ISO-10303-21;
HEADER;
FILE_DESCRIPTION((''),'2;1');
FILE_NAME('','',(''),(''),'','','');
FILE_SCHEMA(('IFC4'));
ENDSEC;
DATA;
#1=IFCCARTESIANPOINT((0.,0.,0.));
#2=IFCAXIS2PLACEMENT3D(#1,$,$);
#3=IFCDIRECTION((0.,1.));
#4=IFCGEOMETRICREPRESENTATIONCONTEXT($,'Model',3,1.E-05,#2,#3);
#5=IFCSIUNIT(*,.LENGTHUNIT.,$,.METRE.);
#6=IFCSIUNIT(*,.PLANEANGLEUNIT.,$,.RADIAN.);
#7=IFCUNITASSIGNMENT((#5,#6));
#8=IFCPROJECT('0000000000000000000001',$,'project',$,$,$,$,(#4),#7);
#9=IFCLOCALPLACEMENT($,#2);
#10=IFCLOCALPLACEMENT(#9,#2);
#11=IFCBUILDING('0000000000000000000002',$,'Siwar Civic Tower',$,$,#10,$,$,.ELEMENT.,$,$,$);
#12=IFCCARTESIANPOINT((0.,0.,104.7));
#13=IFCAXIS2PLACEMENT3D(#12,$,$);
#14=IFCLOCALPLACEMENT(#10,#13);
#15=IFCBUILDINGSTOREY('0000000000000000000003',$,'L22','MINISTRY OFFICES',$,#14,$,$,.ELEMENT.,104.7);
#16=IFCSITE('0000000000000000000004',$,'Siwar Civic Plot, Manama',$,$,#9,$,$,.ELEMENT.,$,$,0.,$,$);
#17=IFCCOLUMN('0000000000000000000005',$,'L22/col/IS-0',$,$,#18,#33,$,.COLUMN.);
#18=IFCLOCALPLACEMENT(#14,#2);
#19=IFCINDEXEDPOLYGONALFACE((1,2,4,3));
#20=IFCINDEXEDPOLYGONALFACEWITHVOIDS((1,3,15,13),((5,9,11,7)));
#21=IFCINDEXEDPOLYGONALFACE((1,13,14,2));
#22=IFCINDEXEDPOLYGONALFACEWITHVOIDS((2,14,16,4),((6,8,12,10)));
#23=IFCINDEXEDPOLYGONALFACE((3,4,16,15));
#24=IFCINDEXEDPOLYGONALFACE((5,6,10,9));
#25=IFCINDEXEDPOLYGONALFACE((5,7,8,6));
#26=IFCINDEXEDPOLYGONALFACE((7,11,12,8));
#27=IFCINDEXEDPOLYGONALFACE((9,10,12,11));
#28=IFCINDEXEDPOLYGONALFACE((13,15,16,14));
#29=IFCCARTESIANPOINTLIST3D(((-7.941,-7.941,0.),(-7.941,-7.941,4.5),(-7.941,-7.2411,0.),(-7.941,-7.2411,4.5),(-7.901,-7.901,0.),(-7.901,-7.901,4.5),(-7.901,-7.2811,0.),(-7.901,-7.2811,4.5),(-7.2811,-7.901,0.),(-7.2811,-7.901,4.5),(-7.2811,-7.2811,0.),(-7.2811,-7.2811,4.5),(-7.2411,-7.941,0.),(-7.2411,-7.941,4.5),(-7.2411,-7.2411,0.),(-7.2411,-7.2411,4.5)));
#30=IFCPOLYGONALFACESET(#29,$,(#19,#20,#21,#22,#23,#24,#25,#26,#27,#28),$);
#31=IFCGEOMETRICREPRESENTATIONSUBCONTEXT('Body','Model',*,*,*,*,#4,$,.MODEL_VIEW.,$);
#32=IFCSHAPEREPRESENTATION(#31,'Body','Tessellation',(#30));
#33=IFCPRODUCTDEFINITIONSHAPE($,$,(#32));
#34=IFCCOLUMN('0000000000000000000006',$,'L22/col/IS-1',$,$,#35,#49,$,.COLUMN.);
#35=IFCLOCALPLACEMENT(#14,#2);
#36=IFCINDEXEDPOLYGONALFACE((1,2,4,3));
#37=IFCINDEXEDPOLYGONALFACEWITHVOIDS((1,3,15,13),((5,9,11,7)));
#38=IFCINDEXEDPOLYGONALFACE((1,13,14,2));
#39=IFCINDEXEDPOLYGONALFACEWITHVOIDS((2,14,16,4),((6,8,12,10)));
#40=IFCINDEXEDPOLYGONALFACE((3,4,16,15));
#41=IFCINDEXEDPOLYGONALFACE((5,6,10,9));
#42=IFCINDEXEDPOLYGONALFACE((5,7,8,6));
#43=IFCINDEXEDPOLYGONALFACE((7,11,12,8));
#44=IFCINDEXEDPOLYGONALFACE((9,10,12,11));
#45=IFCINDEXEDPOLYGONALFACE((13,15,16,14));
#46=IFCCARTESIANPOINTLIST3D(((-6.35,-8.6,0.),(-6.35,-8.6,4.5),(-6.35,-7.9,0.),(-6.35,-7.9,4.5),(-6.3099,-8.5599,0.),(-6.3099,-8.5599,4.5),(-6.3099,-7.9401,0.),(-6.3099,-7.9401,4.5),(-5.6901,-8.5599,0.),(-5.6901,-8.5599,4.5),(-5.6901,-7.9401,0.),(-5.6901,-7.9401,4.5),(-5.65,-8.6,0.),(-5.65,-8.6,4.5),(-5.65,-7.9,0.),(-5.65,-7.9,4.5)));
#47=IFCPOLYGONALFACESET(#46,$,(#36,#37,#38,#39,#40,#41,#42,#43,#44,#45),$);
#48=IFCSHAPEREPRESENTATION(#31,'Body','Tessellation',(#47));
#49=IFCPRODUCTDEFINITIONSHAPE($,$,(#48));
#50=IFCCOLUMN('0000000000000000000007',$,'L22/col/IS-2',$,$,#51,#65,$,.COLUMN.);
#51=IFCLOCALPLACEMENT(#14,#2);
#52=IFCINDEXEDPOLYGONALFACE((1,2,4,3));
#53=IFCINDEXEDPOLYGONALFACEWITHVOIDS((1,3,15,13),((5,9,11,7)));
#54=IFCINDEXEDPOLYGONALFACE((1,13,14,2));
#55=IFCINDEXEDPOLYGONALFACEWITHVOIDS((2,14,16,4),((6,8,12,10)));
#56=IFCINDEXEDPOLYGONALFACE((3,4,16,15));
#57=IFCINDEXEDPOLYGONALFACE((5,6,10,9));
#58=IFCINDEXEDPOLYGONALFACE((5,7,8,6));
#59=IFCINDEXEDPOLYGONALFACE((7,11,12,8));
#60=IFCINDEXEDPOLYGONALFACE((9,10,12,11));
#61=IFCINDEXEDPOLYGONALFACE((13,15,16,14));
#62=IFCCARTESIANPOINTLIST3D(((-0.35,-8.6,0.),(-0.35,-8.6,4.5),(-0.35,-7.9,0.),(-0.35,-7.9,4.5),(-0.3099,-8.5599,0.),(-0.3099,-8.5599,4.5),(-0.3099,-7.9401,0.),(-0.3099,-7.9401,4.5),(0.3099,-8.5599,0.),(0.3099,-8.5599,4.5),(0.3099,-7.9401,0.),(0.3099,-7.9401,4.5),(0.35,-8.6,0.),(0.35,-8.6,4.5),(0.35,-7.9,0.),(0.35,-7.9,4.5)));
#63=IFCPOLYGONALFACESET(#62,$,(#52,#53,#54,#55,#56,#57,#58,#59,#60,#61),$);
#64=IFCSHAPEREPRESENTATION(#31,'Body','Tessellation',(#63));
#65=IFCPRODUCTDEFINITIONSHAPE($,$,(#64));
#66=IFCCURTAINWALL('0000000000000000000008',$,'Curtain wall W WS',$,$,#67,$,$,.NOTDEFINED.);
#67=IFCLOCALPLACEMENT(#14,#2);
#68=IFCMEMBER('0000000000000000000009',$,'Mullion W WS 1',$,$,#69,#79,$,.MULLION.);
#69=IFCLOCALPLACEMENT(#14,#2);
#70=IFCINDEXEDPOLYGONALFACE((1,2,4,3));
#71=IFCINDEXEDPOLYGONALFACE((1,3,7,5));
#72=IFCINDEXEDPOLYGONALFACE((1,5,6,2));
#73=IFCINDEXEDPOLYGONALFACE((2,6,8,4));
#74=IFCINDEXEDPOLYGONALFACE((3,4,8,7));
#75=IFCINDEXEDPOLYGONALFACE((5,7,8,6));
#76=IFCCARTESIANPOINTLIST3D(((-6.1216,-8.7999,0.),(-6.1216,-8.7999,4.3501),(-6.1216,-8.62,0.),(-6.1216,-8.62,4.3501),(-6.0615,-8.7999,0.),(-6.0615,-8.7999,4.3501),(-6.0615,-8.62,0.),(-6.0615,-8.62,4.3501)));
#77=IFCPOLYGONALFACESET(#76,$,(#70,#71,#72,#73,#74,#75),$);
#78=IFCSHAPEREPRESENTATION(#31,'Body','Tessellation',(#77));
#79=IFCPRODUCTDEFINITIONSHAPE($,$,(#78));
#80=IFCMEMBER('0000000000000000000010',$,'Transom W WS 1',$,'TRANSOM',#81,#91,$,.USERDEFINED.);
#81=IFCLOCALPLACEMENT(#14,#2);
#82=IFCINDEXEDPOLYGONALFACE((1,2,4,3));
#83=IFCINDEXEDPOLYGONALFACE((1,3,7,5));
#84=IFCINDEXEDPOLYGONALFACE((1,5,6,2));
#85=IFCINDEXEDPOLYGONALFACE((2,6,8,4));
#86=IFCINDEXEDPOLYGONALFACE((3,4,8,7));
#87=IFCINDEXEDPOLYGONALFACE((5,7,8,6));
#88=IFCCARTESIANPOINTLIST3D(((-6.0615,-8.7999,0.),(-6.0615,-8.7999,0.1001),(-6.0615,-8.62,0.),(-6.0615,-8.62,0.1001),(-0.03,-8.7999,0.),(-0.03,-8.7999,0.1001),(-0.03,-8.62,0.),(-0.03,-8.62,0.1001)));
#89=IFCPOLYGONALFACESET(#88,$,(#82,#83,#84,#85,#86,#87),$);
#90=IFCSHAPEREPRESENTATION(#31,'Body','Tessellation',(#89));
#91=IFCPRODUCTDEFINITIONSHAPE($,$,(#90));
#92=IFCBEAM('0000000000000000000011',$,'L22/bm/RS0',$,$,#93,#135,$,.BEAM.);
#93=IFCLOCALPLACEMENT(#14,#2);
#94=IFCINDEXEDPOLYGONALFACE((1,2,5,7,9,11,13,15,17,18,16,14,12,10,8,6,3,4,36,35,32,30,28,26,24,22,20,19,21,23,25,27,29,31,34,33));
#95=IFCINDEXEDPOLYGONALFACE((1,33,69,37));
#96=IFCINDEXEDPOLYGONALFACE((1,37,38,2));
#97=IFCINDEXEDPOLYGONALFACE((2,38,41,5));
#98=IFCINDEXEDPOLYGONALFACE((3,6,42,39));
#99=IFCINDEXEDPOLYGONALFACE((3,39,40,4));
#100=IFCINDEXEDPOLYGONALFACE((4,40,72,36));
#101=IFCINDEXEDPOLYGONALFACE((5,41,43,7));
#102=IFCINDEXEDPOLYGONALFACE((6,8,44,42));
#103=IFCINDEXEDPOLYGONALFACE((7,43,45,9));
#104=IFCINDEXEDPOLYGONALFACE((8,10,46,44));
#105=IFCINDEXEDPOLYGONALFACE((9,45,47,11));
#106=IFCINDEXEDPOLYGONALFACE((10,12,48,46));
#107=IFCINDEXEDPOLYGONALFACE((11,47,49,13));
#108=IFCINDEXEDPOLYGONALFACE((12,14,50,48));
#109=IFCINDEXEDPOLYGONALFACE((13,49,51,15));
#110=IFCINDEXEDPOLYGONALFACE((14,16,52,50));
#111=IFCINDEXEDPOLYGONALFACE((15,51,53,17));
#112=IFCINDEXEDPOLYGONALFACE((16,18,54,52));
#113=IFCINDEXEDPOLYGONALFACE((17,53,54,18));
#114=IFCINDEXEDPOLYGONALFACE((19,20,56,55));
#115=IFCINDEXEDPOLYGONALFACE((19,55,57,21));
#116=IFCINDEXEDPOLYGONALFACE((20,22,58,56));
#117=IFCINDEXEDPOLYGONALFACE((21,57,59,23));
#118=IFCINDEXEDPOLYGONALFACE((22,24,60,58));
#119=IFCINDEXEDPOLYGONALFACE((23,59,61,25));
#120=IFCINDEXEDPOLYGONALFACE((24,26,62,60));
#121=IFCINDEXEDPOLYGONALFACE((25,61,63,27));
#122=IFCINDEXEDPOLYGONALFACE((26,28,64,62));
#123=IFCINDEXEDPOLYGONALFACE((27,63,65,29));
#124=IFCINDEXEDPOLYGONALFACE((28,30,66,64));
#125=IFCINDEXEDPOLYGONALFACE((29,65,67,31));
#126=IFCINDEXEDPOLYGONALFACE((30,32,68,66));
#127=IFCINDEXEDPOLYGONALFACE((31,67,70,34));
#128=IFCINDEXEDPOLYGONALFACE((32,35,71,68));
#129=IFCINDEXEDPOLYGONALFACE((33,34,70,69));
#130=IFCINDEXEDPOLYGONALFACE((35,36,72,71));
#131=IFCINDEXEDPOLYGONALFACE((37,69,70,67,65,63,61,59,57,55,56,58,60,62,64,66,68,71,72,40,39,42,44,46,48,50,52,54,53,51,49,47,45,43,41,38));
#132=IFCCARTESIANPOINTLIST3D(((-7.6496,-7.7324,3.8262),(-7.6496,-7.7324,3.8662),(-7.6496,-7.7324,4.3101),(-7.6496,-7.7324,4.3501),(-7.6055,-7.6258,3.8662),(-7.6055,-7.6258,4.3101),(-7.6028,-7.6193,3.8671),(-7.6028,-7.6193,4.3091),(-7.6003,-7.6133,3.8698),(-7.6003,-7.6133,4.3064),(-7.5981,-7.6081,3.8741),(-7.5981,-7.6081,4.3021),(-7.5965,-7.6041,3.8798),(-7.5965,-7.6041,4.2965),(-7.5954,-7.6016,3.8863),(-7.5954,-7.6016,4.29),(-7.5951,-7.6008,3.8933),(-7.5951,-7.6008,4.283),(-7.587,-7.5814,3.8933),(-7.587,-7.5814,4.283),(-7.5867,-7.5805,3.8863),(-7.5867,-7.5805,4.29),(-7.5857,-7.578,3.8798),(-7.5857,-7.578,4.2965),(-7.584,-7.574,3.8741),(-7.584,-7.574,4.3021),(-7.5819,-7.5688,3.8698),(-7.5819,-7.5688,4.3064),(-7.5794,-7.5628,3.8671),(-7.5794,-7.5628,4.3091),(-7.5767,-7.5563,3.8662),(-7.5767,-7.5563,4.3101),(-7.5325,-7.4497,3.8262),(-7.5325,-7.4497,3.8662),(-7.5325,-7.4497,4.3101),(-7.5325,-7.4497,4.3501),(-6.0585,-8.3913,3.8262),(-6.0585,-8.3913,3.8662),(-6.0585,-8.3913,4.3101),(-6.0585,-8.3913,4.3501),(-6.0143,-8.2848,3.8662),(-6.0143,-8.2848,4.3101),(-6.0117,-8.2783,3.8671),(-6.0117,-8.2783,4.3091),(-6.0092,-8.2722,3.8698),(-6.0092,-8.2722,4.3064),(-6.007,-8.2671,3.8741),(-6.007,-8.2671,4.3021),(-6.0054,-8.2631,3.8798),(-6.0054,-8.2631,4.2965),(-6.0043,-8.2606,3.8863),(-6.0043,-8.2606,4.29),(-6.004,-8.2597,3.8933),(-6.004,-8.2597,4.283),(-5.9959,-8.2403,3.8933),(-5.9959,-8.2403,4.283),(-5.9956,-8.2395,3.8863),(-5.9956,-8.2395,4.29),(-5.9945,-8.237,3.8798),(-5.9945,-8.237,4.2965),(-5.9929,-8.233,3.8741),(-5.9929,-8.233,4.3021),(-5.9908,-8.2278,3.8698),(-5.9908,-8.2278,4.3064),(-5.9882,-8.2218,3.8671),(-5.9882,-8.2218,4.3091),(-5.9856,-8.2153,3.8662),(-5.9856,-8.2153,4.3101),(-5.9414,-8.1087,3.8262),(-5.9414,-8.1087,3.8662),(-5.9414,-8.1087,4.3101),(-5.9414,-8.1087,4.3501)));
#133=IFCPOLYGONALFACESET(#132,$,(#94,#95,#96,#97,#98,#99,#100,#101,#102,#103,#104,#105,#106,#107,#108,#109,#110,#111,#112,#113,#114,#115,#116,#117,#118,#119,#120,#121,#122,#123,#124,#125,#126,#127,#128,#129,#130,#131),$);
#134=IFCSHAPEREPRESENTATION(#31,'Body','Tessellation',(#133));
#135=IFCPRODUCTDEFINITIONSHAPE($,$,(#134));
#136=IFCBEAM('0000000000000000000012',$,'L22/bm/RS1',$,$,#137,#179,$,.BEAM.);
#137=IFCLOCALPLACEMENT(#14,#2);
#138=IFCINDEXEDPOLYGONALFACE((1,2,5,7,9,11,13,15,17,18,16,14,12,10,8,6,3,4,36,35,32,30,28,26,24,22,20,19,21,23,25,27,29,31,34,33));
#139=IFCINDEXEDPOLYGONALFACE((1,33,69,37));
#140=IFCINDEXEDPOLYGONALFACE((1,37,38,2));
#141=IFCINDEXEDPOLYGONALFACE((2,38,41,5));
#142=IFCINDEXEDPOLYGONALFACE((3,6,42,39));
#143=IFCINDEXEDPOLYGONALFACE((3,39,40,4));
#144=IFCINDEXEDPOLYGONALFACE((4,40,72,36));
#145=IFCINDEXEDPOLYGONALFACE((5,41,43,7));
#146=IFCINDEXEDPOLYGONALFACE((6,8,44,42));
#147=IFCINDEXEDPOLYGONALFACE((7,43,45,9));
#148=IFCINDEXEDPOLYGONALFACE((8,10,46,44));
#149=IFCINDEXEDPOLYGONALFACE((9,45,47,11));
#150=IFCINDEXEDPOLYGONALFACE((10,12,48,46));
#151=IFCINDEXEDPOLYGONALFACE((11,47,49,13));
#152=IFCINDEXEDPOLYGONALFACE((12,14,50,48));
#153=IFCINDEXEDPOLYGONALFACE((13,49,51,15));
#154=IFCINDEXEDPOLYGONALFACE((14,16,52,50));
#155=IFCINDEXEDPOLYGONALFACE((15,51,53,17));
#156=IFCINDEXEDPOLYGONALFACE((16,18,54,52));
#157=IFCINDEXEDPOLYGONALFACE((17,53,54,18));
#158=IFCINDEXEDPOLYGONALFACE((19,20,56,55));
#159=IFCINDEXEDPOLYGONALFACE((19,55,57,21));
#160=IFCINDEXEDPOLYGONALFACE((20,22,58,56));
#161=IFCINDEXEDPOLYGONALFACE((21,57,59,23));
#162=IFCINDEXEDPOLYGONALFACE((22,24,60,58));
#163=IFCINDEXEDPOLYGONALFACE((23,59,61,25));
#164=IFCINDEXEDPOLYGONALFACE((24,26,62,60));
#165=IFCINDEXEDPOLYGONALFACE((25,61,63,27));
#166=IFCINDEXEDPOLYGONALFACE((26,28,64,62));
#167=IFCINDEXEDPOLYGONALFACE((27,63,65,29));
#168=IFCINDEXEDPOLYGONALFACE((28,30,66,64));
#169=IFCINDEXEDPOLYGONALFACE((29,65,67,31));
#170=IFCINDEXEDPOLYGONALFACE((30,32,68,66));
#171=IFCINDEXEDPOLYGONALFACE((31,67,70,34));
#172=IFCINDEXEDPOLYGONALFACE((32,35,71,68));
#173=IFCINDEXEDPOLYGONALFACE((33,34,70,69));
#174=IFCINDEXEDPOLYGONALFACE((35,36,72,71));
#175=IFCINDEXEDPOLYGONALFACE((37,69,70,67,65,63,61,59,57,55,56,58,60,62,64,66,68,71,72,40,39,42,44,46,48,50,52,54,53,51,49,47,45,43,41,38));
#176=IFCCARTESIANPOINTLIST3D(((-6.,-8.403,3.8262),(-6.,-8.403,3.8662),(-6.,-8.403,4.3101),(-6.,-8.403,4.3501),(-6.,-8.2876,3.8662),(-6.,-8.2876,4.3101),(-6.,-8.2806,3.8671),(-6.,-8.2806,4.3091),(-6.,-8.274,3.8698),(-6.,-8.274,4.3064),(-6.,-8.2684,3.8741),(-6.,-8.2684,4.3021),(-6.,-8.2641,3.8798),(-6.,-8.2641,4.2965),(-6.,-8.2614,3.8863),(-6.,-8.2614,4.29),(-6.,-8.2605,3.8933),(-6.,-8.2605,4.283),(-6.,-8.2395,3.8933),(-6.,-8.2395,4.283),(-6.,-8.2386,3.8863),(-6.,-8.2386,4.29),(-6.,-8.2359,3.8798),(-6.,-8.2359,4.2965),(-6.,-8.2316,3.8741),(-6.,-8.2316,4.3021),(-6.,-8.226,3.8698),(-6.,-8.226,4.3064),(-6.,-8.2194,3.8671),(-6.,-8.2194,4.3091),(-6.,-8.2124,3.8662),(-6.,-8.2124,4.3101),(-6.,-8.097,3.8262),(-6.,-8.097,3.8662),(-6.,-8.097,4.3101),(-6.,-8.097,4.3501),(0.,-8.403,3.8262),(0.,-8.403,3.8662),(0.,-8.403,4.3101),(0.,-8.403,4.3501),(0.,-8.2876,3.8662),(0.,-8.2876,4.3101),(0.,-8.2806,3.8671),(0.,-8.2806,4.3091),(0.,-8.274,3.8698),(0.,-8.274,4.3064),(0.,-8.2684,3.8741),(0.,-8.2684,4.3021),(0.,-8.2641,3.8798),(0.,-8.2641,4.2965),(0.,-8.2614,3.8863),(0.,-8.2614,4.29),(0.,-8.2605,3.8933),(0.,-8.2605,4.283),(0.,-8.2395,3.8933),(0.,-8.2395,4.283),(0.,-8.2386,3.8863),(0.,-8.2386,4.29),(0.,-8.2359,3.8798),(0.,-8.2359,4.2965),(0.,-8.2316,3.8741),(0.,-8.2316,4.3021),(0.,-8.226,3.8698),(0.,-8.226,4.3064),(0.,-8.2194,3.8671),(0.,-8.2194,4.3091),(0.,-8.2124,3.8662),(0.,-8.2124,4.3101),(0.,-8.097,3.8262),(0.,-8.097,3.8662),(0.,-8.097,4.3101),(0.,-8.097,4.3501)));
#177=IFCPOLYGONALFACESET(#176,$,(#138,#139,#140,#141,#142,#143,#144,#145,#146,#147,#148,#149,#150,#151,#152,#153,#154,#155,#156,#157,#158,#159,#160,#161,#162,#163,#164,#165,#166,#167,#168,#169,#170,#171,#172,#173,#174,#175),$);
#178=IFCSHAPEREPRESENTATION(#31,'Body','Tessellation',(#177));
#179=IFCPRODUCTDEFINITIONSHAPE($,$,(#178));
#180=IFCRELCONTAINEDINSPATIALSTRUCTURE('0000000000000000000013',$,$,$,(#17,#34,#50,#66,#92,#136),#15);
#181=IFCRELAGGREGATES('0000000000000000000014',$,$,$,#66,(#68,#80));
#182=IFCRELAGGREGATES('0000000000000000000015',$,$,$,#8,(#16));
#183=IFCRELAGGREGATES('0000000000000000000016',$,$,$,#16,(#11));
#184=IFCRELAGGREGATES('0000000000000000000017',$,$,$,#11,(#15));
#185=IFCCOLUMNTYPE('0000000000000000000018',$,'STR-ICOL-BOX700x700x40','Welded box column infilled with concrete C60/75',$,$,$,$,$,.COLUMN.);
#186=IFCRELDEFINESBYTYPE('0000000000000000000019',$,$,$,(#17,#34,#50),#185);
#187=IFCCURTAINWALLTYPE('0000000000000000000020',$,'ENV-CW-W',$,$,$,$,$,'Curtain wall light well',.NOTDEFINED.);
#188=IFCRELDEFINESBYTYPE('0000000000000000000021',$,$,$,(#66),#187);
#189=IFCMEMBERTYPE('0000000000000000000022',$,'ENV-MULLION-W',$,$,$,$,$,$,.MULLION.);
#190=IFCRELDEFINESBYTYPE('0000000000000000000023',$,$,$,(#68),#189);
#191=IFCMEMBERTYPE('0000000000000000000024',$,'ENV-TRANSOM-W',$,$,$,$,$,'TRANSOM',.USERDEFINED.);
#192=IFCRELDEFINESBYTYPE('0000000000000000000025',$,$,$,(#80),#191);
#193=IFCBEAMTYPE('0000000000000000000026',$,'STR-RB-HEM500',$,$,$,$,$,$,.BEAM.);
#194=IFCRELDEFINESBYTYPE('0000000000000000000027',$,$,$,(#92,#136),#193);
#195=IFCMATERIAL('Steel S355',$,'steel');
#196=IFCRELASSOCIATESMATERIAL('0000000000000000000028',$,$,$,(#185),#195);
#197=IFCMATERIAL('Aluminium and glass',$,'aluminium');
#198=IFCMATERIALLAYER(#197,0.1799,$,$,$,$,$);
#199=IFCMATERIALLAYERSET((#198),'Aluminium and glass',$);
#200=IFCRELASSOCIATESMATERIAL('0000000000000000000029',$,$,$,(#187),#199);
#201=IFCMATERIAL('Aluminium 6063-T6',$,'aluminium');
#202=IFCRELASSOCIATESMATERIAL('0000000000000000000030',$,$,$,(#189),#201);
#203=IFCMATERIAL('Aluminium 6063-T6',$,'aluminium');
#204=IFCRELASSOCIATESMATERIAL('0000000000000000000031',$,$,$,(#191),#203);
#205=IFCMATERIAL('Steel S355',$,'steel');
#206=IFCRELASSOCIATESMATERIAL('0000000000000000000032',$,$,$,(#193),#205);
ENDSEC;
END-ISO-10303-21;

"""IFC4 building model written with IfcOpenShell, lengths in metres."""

from ifc_helpers import new_model, si_unit, direction, frame, origin, origin_2d, place, context, subcontext, project, spatial, rectangle, hollow_rectangle, i_section, extrude, material, layer, layer_set, material_profile, profile_set, type_object, element, aggregate, save


model = new_model("IFC4")

# Units and contexts
model_context = context("Model", 3, precision=1e-05, world=origin(), true_north=direction((0.0, 1.0)))
body_context = subcontext(model_context, "Body", "Model", "MODEL_VIEW")
ifc_project = project(units=[si_unit("LENGTHUNIT", "METRE"), si_unit("PLANEANGLEUNIT", "RADIAN")], contexts=[model_context])

# Site, building, storey
site_placement = place(None, origin())
site = spatial("IfcSite", under=ifc_project, at=site_placement, Name="Siwar Civic Plot, Manama", CompositionType="ELEMENT", RefElevation=0.0)
building_placement = place(site_placement, origin())
building = spatial("IfcBuilding", under=site, at=building_placement, Name="Siwar Civic Tower", CompositionType="ELEMENT")
storey_placement = place(building_placement, frame((0.0, 0.0, 104.7)))
storey = spatial("IfcBuildingStorey", under=building, at=storey_placement, Name="L22", Description="MINISTRY OFFICES", CompositionType="ELEMENT", Elevation=104.7)

# Columns
ifc_material_1 = material(Name="Steel S355", Category="steel")
ifc_material_profile_1 = material_profile(ifc_material_1, hollow_rectangle(XDim=0.7, YDim=0.7, WallThickness=0.04, at=origin_2d()), Name="BOX700x700x40")
ifc_profile_set_1 = profile_set([ifc_material_profile_1], Name="Steel S355")
column_type = type_object("IfcColumnType", Name="STR-ICOL-BOX700x700x40", Description="Welded box column infilled with concrete C60/75", PredefinedType="COLUMN", material=ifc_profile_set_1)
for number, where, z_axis, x_axis, name in (
    (1, (-7.5911, -7.5911, 0.0), (0.0, 0.0, 1.0), (1.0, 0.0, 0.0), "L22/col/IS-0"),
    (2, (-6.0, -8.25, 0.0), (0.0, 0.0, 1.0), (1.0, 0.0, 0.0), "L22/col/IS-1"),
    (3, (0.0, -8.25, 0.0), (0.0, 0.0, 1.0), (1.0, 0.0, 0.0), "L22/col/IS-2"),
):
    element("IfcColumn", number, at=place(storey_placement, frame(where, z_axis=z_axis, x_axis=x_axis)), inside=storey, type_object=column_type, Name=name, PredefinedType="COLUMN", context=body_context, shape_type="SweptSolid", body=[
        extrude(hollow_rectangle(XDim=0.7, YDim=0.7, WallThickness=0.04, at=origin_2d()), origin(), (0.0, 0.0, 1.0), 4.5),
    ])

# Curtain wall, members
ifc_material_2 = material(Name="Aluminium and glass", Category="aluminium")
ifc_layer_1 = layer(ifc_material_2, 0.1799)
ifc_layer_set_1 = layer_set([ifc_layer_1], Name="Aluminium and glass")
curtain_wall_type = type_object("IfcCurtainWallType", Name="ENV-CW-W", ElementType="Curtain wall light well", PredefinedType="NOTDEFINED", material=ifc_layer_set_1)
curtain_wall_placement = place(storey_placement, origin())
curtain_wall = element("IfcCurtainWall", 4, at=curtain_wall_placement, inside=storey, type_object=curtain_wall_type, Name="Curtain wall W WS", PredefinedType="NOTDEFINED")
ifc_material_3 = material(Name="Aluminium 6063-T6", Category="aluminium")
ifc_material_profile_2 = material_profile(ifc_material_3, rectangle(XDim=0.1799, YDim=0.0601, at=origin_2d()), Name="AL 180x60")
ifc_profile_set_2 = profile_set([ifc_material_profile_2], Name="Aluminium 6063-T6")
member_type_1 = type_object("IfcMemberType", Name="ENV-MULLION-W", PredefinedType="MULLION", material=ifc_profile_set_2)
member_1_placement = place(storey_placement, frame((-6.0916, -8.71, 0.0), z_axis=(0.0, 0.0, 1.0), x_axis=(0.0, 1.0, 0.0)))
member_1 = element("IfcMember", 5, at=member_1_placement, type_object=member_type_1, Name="Mullion W WS 1", PredefinedType="MULLION", context=body_context, shape_type="SweptSolid", body=[
    extrude(rectangle(XDim=0.1799, YDim=0.0601, at=origin_2d()), origin(), (0.0, 0.0, 1.0), 4.3501),
])
ifc_material_4 = material(Name="Aluminium 6063-T6", Category="aluminium")
ifc_material_profile_3 = material_profile(ifc_material_4, rectangle(XDim=0.1799, YDim=0.1001, at=origin_2d()), Name="AL 180x100")
ifc_profile_set_3 = profile_set([ifc_material_profile_3], Name="Aluminium 6063-T6")
member_type_2 = type_object("IfcMemberType", Name="ENV-TRANSOM-W", ElementType="TRANSOM", PredefinedType="USERDEFINED", material=ifc_profile_set_3)
member_2_placement = place(storey_placement, frame((-6.0615, -8.71, 0.05), z_axis=(1.0, 0.0, 0.0), x_axis=(0.0, 1.0, 0.0)))
member_2 = element("IfcMember", 6, at=member_2_placement, type_object=member_type_2, Name="Transom W WS 1", ObjectType="TRANSOM", PredefinedType="USERDEFINED", context=body_context, shape_type="SweptSolid", body=[
    extrude(rectangle(XDim=0.1799, YDim=0.1001, at=origin_2d()), origin(), (0.0, 0.0, 1.0), 6.0315),
])

# Beams
ifc_material_5 = material(Name="Steel S355", Category="steel")
ifc_material_profile_4 = material_profile(ifc_material_5, i_section(OverallWidth=0.3059, OverallDepth=0.5239, WebThickness=0.021, FlangeThickness=0.04, FilletRadius=0.0271, at=origin_2d()), Name="HEM500")
ifc_profile_set_4 = profile_set([ifc_material_profile_4], Name="Steel S355")
beam_type = type_object("IfcBeamType", Name="STR-RB-HEM500", PredefinedType="BEAM", material=ifc_profile_set_4)
beam_1_placement = place(storey_placement, frame((-7.5911, -7.5911, 4.0881), z_axis=(0.923901, -0.382631, 0.0), x_axis=(0.382631, 0.923901, 0.0)))
element("IfcBeam", 7, at=beam_1_placement, inside=storey, type_object=beam_type, Name="L22/bm/RS0", PredefinedType="BEAM", context=body_context, shape_type="SweptSolid", body=[
    extrude(i_section(OverallWidth=0.3059, OverallDepth=0.5239, WebThickness=0.021, FlangeThickness=0.04, FilletRadius=0.0271, at=origin_2d()), origin(), (0.0, 0.0, 1.0), 1.7222),
])
for number, where, z_axis, x_axis, name in (
    (8, (-6.0, -8.25, 4.0881), (1.0, 0.0, 0.0), (0.0, 1.0, 0.0), "L22/bm/RS1"),
):
    element("IfcBeam", number, at=place(storey_placement, frame(where, z_axis=z_axis, x_axis=x_axis)), inside=storey, type_object=beam_type, Name=name, PredefinedType="BEAM", context=body_context, shape_type="SweptSolid", body=[
        extrude(i_section(OverallWidth=0.3059, OverallDepth=0.5239, WebThickness=0.021, FlangeThickness=0.04, FilletRadius=0.0271, at=origin_2d()), origin(), (0.0, 0.0, 1.0), 6.0),
    ])

aggregate(curtain_wall, [member_1, member_2])

save(model, "model.ifc")
